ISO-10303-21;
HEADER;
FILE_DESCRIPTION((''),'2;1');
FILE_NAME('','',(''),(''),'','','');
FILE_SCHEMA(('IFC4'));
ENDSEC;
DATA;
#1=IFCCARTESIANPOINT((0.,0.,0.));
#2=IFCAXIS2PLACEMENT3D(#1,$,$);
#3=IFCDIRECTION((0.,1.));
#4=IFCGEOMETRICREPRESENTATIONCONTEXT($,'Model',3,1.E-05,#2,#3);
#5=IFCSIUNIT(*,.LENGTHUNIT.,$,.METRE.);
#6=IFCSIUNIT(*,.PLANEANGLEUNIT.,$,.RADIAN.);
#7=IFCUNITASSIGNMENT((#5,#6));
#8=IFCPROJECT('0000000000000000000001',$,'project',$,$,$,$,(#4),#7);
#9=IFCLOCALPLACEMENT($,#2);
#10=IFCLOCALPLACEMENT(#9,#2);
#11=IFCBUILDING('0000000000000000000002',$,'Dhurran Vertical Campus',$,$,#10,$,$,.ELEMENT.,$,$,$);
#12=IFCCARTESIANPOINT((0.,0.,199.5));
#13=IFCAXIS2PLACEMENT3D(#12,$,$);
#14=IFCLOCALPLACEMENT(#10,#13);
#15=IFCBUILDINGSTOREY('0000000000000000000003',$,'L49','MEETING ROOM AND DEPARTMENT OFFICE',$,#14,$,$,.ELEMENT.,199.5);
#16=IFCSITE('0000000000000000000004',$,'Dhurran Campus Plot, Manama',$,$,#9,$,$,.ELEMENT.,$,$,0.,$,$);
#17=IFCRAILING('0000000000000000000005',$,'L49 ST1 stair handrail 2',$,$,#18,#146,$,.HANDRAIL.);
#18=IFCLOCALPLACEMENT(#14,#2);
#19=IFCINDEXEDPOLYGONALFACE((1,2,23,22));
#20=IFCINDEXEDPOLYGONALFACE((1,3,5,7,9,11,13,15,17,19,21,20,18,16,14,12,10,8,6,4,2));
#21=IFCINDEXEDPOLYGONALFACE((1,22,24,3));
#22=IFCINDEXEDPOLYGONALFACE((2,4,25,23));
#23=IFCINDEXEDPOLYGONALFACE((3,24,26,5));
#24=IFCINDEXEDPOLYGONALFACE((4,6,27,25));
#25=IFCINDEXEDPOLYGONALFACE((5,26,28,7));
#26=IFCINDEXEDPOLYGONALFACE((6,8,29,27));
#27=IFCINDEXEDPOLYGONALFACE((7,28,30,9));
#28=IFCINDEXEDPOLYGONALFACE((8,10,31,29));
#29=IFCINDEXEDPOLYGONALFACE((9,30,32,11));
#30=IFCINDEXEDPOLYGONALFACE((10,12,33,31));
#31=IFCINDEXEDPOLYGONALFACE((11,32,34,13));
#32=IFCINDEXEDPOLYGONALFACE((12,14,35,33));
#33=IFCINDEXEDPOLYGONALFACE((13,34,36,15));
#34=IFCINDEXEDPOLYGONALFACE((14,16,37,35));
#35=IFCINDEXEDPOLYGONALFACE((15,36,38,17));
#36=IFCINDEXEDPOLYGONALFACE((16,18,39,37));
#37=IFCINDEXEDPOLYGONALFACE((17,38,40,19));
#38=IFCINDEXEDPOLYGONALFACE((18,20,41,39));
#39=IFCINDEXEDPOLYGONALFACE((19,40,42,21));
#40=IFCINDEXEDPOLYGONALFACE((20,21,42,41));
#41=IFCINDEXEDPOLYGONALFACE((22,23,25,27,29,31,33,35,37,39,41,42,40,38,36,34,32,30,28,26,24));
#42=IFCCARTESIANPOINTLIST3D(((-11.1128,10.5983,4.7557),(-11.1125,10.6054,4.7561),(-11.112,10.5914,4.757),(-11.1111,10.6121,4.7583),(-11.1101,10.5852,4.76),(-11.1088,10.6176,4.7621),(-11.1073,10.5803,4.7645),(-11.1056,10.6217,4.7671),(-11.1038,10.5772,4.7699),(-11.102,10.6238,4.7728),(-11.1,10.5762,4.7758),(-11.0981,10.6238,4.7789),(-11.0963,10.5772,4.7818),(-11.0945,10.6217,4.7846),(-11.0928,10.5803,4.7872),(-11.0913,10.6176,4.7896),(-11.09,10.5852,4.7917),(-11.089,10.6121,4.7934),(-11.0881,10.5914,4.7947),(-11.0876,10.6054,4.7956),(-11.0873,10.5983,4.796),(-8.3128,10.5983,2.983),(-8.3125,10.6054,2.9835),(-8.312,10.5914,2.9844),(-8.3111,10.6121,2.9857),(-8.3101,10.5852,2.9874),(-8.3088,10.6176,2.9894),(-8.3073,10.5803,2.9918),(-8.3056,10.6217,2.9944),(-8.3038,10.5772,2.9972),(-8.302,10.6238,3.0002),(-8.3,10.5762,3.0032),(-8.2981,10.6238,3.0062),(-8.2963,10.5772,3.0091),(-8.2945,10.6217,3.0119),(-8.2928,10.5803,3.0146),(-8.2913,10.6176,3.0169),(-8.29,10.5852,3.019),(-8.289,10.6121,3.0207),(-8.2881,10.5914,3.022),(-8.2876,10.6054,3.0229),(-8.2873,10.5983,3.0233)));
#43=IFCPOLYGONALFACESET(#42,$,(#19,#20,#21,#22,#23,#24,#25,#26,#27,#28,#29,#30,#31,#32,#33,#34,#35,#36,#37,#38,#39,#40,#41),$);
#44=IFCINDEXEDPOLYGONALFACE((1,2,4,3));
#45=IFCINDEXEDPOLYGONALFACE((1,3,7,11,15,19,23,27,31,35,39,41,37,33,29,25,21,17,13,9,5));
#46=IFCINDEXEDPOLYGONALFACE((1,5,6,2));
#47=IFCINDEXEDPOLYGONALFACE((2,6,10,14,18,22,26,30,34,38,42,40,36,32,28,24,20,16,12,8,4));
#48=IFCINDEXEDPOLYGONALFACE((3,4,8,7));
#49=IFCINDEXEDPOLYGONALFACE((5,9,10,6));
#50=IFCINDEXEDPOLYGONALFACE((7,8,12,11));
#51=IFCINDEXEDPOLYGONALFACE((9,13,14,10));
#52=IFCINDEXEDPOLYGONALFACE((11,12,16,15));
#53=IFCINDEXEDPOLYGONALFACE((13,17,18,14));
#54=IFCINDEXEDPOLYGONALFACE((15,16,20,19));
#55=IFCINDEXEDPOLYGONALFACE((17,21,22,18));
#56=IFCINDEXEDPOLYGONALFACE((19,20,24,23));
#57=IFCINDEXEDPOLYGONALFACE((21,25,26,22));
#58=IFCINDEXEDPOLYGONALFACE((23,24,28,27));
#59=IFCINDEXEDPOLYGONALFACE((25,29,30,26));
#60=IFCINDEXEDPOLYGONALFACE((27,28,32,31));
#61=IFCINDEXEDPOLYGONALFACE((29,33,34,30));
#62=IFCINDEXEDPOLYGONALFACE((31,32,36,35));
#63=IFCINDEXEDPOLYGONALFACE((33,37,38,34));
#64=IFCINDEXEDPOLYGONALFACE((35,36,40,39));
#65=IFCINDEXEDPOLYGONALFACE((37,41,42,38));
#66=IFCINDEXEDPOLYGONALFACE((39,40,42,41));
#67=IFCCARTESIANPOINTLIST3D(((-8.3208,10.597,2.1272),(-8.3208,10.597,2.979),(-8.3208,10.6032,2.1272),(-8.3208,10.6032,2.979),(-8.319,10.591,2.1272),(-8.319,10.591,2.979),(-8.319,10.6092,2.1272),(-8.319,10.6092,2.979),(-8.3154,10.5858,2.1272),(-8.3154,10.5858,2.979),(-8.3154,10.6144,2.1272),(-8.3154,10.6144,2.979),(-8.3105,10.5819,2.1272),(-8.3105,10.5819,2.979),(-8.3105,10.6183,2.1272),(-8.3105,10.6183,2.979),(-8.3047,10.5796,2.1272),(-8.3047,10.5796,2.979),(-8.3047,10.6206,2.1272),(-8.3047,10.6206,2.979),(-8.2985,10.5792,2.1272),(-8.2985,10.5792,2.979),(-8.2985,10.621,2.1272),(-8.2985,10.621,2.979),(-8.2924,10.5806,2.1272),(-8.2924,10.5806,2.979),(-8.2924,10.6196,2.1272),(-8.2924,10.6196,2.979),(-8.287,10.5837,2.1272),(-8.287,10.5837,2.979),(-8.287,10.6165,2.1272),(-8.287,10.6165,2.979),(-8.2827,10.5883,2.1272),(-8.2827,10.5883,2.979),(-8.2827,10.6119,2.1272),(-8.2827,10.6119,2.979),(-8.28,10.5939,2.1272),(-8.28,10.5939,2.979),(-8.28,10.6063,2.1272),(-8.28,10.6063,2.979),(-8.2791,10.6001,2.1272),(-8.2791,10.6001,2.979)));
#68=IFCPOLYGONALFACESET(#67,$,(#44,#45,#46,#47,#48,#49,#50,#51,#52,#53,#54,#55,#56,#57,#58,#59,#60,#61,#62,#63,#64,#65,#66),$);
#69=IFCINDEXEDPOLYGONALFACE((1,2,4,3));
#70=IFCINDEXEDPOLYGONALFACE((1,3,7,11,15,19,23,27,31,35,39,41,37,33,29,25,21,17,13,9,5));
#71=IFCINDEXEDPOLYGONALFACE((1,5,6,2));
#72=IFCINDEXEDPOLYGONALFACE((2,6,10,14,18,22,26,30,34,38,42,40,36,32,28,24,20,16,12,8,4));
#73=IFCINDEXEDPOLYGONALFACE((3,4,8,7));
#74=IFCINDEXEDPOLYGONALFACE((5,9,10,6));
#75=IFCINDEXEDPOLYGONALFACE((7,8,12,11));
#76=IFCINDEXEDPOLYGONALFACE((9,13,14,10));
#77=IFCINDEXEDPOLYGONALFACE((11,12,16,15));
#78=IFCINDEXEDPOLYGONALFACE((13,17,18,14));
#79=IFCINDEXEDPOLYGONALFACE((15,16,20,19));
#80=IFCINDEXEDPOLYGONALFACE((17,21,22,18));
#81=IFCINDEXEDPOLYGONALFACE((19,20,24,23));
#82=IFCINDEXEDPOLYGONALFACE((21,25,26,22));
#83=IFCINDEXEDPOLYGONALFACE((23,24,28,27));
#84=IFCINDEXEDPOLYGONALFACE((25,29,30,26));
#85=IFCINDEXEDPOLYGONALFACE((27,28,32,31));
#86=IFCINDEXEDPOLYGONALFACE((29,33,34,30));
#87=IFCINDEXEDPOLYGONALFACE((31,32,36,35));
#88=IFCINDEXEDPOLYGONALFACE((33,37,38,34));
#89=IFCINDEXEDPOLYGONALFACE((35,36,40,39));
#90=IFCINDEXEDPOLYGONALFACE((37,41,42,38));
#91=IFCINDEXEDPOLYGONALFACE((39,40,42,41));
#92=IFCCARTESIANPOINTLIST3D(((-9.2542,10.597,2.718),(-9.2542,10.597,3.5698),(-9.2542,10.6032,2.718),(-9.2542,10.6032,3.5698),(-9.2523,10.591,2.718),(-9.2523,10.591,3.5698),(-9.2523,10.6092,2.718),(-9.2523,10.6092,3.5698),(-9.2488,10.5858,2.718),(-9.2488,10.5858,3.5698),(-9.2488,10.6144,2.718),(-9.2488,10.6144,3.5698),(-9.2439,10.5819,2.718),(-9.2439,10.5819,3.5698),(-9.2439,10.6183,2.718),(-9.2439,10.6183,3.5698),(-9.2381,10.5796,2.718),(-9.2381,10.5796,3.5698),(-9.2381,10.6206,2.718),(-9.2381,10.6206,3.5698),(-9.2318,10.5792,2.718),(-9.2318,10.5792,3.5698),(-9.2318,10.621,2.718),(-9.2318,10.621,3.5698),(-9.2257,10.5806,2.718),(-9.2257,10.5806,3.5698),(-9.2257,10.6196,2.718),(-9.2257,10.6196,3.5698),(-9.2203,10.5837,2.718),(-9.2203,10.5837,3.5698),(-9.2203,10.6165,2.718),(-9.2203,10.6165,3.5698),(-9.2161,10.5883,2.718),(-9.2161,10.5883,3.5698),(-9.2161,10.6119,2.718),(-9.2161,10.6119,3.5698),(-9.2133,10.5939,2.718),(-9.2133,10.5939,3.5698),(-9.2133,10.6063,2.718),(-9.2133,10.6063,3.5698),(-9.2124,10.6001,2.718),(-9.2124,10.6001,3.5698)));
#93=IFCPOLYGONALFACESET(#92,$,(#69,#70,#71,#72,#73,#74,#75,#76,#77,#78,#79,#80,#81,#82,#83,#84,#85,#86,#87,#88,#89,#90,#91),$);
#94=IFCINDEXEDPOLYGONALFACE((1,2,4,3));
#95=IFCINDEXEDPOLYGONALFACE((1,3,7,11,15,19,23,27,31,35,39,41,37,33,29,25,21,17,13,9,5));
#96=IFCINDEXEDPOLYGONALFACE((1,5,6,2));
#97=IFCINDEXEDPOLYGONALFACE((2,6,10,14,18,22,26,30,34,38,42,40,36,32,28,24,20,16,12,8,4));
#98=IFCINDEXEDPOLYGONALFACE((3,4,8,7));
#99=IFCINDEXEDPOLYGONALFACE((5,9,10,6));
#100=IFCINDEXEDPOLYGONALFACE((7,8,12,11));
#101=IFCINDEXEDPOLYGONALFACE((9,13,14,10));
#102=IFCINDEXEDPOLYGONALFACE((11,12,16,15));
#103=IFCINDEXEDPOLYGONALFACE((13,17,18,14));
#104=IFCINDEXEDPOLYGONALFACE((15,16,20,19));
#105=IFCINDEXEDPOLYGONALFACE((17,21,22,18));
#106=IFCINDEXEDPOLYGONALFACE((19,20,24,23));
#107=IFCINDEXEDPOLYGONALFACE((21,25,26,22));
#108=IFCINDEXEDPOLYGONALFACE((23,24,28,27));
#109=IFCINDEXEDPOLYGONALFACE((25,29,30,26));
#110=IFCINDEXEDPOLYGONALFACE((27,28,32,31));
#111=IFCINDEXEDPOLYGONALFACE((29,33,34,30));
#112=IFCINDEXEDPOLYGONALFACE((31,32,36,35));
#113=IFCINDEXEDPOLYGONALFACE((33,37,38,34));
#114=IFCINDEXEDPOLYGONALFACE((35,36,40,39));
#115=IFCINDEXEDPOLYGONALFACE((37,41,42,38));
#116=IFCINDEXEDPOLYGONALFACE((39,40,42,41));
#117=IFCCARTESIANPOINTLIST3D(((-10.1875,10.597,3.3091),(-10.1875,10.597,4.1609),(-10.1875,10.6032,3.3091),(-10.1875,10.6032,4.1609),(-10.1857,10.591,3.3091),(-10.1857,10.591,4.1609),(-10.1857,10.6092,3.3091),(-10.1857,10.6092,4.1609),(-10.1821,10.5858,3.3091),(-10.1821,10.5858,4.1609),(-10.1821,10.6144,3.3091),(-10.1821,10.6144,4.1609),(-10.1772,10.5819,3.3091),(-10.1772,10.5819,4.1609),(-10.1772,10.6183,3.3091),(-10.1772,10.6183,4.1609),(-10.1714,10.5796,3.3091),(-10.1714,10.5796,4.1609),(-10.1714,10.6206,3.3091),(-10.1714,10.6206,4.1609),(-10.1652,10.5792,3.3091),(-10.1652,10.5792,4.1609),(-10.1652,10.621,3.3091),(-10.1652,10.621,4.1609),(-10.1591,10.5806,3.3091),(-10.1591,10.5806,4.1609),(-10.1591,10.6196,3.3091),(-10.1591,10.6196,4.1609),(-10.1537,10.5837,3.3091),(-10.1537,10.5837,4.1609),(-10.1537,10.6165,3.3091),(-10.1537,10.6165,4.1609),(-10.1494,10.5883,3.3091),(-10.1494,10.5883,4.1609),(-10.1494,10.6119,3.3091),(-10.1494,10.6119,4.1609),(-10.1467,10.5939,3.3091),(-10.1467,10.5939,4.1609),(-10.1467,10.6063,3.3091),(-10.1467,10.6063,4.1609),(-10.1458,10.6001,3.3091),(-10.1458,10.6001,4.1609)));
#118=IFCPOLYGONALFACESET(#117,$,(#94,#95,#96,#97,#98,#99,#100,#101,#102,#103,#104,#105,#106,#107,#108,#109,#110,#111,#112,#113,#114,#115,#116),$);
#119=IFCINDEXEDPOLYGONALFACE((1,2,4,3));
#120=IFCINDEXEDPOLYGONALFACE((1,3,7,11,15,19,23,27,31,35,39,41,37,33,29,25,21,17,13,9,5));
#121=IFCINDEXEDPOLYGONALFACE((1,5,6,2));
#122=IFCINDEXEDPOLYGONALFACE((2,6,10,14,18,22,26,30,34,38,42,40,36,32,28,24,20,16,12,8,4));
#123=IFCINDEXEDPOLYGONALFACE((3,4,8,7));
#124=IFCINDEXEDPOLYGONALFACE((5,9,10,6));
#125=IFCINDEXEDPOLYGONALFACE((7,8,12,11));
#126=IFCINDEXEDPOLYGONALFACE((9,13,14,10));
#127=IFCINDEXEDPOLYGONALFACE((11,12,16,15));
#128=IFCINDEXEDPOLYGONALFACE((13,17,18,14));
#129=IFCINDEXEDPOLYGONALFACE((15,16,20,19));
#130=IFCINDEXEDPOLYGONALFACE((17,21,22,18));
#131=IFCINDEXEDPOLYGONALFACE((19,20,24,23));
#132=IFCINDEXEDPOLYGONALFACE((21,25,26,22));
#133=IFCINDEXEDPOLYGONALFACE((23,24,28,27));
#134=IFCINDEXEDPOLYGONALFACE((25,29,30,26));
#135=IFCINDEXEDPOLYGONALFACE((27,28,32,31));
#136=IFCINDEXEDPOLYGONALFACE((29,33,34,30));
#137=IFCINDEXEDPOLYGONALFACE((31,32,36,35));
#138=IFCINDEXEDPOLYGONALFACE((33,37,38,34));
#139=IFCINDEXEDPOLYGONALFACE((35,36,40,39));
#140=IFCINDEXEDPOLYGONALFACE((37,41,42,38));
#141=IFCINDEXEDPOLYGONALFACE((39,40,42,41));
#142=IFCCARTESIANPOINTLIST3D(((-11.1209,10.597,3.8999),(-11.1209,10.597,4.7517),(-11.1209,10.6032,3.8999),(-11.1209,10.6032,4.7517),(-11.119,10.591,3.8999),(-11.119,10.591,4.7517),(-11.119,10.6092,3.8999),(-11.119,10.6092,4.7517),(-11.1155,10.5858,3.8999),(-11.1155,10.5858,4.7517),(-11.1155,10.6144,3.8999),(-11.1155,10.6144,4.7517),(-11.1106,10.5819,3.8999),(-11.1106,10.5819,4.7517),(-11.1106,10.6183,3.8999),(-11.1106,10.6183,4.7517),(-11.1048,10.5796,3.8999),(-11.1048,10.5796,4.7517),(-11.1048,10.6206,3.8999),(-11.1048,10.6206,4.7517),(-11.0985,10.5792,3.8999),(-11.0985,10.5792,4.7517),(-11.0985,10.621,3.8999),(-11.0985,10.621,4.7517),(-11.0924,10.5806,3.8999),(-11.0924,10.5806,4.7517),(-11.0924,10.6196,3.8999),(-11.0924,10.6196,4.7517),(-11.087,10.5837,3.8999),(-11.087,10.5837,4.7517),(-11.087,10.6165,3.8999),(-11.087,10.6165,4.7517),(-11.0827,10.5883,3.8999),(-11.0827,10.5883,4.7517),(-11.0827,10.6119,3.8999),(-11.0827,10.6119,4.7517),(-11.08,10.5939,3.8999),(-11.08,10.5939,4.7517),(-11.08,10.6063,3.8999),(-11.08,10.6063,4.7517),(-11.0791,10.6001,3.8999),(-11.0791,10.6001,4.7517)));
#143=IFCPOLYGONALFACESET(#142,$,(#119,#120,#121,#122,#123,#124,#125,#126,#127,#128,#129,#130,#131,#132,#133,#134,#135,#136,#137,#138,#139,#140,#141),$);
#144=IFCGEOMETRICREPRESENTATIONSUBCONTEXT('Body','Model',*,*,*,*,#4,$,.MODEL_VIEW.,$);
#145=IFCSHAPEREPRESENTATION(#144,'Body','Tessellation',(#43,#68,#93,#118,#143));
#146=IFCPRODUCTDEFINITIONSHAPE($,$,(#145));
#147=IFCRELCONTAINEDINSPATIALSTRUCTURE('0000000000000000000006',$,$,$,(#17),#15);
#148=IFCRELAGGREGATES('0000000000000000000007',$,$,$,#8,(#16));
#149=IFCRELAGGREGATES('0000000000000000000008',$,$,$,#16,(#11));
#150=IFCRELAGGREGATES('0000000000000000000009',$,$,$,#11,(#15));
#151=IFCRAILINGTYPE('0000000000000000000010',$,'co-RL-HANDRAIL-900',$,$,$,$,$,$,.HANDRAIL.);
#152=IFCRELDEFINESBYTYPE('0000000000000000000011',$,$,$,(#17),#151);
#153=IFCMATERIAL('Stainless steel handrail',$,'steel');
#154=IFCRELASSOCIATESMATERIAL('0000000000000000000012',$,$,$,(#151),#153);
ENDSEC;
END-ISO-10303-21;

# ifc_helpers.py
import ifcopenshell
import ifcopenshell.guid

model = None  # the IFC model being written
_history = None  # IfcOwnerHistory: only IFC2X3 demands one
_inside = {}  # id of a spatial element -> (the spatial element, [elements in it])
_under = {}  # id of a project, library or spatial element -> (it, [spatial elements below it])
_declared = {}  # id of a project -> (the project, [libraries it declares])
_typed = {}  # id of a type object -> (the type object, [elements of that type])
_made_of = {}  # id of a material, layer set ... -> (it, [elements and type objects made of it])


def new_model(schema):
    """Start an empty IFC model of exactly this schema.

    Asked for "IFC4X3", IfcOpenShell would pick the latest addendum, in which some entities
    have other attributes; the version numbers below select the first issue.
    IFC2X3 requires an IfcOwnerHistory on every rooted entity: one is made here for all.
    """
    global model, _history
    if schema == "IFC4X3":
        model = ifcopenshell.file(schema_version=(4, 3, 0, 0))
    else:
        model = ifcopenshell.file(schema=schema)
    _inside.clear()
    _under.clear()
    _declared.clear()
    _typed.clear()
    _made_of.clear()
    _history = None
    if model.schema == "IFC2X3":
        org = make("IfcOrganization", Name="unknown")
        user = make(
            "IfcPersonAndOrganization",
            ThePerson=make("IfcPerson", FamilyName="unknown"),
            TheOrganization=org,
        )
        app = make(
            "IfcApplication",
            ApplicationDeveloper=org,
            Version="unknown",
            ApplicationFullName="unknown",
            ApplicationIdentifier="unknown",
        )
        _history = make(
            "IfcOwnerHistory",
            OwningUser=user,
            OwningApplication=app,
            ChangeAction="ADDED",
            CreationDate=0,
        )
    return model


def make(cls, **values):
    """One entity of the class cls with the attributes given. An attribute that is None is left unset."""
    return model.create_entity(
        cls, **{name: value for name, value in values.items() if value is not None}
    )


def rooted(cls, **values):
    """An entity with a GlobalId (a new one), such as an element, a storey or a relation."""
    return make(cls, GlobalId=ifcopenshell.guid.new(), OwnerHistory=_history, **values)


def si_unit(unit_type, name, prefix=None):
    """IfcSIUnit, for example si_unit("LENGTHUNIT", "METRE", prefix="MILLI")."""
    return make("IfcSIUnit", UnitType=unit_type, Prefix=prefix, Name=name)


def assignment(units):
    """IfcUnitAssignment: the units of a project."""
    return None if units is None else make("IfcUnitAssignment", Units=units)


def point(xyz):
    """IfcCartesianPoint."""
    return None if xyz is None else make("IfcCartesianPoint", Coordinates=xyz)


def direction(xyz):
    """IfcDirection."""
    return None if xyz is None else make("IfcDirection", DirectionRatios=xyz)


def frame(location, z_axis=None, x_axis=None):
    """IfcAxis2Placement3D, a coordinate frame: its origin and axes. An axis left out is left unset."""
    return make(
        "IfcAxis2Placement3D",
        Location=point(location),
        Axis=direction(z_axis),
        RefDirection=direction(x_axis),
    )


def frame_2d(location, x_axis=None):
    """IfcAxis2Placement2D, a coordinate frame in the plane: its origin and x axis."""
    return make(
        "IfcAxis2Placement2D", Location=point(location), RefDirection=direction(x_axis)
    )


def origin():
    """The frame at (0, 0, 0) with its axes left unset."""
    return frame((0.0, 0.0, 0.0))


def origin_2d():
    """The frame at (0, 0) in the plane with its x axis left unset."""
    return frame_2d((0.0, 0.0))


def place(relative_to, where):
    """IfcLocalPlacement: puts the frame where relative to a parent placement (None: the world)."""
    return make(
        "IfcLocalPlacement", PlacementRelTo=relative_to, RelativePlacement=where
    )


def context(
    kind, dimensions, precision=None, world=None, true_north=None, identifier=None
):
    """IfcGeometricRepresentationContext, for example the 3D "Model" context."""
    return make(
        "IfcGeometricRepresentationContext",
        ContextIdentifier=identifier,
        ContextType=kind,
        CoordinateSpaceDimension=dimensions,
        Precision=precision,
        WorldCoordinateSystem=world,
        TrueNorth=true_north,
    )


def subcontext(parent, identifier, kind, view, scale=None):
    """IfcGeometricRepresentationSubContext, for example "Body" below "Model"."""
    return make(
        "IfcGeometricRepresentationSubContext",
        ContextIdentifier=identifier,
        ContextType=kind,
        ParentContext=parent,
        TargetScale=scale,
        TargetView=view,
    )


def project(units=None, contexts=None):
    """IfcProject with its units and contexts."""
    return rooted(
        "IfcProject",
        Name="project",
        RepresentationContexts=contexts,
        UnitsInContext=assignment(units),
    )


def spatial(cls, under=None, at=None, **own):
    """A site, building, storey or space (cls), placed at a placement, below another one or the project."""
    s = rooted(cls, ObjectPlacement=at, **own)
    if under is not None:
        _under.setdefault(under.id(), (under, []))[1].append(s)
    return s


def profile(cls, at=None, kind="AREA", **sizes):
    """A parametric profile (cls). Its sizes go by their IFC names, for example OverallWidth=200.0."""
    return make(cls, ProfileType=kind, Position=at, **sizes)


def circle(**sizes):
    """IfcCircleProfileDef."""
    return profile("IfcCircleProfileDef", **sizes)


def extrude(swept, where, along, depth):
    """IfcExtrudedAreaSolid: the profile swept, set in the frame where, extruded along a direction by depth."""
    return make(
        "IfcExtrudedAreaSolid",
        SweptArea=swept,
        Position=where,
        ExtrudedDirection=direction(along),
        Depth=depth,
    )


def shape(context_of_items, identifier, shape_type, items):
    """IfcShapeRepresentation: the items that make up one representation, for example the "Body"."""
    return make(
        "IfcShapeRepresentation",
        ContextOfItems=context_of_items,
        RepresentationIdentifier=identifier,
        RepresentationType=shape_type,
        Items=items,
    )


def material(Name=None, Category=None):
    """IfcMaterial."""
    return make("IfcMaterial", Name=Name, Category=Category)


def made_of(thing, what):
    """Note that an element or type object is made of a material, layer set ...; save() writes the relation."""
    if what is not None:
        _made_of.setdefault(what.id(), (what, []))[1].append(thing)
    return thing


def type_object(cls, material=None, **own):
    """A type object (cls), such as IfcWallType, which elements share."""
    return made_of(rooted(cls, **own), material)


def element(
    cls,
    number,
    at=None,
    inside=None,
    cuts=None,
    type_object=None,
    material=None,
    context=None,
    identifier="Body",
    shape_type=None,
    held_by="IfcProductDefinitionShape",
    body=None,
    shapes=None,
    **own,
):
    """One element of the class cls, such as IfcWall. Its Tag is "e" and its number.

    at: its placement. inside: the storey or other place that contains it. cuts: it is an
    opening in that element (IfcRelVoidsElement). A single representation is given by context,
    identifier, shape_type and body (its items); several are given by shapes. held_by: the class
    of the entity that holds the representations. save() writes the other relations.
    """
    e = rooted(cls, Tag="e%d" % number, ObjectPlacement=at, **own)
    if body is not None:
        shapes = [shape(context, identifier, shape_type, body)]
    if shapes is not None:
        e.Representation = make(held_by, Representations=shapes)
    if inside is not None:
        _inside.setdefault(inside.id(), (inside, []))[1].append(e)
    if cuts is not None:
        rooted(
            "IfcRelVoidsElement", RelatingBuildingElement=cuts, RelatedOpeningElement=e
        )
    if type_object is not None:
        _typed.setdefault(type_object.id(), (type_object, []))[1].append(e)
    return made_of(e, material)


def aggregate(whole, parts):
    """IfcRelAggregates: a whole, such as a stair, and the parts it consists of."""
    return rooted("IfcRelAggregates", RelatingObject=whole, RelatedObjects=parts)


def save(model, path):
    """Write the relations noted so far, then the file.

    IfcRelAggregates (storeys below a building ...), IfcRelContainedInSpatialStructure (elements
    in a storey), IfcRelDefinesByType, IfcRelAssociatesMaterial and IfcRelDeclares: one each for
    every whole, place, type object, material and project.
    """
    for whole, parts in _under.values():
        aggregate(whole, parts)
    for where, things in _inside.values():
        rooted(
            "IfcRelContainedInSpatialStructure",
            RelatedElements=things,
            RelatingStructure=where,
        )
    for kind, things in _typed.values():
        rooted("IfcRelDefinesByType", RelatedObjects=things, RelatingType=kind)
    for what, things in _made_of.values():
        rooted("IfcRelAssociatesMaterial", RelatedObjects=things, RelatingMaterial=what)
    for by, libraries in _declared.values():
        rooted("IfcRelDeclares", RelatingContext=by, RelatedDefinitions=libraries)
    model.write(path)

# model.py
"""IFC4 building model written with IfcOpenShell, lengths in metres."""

from ifc_helpers import new_model, si_unit, direction, frame, origin, origin_2d, place, context, subcontext, project, spatial, circle, extrude, material, type_object, element, save


model = new_model("IFC4")

# Units and contexts
model_context = context("Model", 3, precision=1e-05, world=origin(), true_north=direction((0.0, 1.0)))
body_context = subcontext(model_context, "Body", "Model", "MODEL_VIEW")
ifc_project = project(units=[si_unit("LENGTHUNIT", "METRE"), si_unit("PLANEANGLEUNIT", "RADIAN")], contexts=[model_context])

# Site, building, storey
site_placement = place(None, origin())
site = spatial("IfcSite", under=ifc_project, at=site_placement, Name="Dhurran Campus Plot, Manama", CompositionType="ELEMENT", RefElevation=0.0)
building_placement = place(site_placement, origin())
building = spatial("IfcBuilding", under=site, at=building_placement, Name="Dhurran Vertical Campus", CompositionType="ELEMENT")
storey_placement = place(building_placement, frame((0.0, 0.0, 199.5)))
storey = spatial("IfcBuildingStorey", under=building, at=storey_placement, Name="L49", Description="MEETING ROOM AND DEPARTMENT OFFICE", CompositionType="ELEMENT", Elevation=199.5)

# Railing
ifc_material_1 = material(Name="Stainless steel handrail", Category="steel")
railing_type_1 = type_object("IfcRailingType", Name="co-RL-HANDRAIL-900", PredefinedType="HANDRAIL", material=ifc_material_1)
railing_1_placement = place(storey_placement, frame((-8.3, 10.6001, 2.1272)))
element("IfcRailing", 1, at=railing_1_placement, inside=storey, type_object=railing_type_1, Name="L49 ST1 stair handrail 2", PredefinedType="HANDRAIL", context=body_context, shape_type="SweptSolid", body=[
    extrude(circle(Radius=0.0239, at=origin_2d()), frame((0.0, 0.0, 0.876), z_axis=(-0.844909, 0.0, 0.53491), x_axis=(0.0, -1.0, 0.0)), (0.0, 0.0, 1.0), 3.314),
    extrude(circle(Radius=0.021, at=origin_2d()), origin(), (0.0, 0.0, 1.0), 0.8518),
    extrude(circle(Radius=0.021, at=origin_2d()), frame((-0.9333, 0.0, 0.5908)), (0.0, 0.0, 1.0), 0.8518),
    extrude(circle(Radius=0.021, at=origin_2d()), frame((-1.8667, 0.0, 1.1819)), (0.0, 0.0, 1.0), 0.8518),
    extrude(circle(Radius=0.021, at=origin_2d()), frame((-2.8, 0.0, 1.7727)), (0.0, 0.0, 1.0), 0.8518),
])

save(model, "model.ifc")
